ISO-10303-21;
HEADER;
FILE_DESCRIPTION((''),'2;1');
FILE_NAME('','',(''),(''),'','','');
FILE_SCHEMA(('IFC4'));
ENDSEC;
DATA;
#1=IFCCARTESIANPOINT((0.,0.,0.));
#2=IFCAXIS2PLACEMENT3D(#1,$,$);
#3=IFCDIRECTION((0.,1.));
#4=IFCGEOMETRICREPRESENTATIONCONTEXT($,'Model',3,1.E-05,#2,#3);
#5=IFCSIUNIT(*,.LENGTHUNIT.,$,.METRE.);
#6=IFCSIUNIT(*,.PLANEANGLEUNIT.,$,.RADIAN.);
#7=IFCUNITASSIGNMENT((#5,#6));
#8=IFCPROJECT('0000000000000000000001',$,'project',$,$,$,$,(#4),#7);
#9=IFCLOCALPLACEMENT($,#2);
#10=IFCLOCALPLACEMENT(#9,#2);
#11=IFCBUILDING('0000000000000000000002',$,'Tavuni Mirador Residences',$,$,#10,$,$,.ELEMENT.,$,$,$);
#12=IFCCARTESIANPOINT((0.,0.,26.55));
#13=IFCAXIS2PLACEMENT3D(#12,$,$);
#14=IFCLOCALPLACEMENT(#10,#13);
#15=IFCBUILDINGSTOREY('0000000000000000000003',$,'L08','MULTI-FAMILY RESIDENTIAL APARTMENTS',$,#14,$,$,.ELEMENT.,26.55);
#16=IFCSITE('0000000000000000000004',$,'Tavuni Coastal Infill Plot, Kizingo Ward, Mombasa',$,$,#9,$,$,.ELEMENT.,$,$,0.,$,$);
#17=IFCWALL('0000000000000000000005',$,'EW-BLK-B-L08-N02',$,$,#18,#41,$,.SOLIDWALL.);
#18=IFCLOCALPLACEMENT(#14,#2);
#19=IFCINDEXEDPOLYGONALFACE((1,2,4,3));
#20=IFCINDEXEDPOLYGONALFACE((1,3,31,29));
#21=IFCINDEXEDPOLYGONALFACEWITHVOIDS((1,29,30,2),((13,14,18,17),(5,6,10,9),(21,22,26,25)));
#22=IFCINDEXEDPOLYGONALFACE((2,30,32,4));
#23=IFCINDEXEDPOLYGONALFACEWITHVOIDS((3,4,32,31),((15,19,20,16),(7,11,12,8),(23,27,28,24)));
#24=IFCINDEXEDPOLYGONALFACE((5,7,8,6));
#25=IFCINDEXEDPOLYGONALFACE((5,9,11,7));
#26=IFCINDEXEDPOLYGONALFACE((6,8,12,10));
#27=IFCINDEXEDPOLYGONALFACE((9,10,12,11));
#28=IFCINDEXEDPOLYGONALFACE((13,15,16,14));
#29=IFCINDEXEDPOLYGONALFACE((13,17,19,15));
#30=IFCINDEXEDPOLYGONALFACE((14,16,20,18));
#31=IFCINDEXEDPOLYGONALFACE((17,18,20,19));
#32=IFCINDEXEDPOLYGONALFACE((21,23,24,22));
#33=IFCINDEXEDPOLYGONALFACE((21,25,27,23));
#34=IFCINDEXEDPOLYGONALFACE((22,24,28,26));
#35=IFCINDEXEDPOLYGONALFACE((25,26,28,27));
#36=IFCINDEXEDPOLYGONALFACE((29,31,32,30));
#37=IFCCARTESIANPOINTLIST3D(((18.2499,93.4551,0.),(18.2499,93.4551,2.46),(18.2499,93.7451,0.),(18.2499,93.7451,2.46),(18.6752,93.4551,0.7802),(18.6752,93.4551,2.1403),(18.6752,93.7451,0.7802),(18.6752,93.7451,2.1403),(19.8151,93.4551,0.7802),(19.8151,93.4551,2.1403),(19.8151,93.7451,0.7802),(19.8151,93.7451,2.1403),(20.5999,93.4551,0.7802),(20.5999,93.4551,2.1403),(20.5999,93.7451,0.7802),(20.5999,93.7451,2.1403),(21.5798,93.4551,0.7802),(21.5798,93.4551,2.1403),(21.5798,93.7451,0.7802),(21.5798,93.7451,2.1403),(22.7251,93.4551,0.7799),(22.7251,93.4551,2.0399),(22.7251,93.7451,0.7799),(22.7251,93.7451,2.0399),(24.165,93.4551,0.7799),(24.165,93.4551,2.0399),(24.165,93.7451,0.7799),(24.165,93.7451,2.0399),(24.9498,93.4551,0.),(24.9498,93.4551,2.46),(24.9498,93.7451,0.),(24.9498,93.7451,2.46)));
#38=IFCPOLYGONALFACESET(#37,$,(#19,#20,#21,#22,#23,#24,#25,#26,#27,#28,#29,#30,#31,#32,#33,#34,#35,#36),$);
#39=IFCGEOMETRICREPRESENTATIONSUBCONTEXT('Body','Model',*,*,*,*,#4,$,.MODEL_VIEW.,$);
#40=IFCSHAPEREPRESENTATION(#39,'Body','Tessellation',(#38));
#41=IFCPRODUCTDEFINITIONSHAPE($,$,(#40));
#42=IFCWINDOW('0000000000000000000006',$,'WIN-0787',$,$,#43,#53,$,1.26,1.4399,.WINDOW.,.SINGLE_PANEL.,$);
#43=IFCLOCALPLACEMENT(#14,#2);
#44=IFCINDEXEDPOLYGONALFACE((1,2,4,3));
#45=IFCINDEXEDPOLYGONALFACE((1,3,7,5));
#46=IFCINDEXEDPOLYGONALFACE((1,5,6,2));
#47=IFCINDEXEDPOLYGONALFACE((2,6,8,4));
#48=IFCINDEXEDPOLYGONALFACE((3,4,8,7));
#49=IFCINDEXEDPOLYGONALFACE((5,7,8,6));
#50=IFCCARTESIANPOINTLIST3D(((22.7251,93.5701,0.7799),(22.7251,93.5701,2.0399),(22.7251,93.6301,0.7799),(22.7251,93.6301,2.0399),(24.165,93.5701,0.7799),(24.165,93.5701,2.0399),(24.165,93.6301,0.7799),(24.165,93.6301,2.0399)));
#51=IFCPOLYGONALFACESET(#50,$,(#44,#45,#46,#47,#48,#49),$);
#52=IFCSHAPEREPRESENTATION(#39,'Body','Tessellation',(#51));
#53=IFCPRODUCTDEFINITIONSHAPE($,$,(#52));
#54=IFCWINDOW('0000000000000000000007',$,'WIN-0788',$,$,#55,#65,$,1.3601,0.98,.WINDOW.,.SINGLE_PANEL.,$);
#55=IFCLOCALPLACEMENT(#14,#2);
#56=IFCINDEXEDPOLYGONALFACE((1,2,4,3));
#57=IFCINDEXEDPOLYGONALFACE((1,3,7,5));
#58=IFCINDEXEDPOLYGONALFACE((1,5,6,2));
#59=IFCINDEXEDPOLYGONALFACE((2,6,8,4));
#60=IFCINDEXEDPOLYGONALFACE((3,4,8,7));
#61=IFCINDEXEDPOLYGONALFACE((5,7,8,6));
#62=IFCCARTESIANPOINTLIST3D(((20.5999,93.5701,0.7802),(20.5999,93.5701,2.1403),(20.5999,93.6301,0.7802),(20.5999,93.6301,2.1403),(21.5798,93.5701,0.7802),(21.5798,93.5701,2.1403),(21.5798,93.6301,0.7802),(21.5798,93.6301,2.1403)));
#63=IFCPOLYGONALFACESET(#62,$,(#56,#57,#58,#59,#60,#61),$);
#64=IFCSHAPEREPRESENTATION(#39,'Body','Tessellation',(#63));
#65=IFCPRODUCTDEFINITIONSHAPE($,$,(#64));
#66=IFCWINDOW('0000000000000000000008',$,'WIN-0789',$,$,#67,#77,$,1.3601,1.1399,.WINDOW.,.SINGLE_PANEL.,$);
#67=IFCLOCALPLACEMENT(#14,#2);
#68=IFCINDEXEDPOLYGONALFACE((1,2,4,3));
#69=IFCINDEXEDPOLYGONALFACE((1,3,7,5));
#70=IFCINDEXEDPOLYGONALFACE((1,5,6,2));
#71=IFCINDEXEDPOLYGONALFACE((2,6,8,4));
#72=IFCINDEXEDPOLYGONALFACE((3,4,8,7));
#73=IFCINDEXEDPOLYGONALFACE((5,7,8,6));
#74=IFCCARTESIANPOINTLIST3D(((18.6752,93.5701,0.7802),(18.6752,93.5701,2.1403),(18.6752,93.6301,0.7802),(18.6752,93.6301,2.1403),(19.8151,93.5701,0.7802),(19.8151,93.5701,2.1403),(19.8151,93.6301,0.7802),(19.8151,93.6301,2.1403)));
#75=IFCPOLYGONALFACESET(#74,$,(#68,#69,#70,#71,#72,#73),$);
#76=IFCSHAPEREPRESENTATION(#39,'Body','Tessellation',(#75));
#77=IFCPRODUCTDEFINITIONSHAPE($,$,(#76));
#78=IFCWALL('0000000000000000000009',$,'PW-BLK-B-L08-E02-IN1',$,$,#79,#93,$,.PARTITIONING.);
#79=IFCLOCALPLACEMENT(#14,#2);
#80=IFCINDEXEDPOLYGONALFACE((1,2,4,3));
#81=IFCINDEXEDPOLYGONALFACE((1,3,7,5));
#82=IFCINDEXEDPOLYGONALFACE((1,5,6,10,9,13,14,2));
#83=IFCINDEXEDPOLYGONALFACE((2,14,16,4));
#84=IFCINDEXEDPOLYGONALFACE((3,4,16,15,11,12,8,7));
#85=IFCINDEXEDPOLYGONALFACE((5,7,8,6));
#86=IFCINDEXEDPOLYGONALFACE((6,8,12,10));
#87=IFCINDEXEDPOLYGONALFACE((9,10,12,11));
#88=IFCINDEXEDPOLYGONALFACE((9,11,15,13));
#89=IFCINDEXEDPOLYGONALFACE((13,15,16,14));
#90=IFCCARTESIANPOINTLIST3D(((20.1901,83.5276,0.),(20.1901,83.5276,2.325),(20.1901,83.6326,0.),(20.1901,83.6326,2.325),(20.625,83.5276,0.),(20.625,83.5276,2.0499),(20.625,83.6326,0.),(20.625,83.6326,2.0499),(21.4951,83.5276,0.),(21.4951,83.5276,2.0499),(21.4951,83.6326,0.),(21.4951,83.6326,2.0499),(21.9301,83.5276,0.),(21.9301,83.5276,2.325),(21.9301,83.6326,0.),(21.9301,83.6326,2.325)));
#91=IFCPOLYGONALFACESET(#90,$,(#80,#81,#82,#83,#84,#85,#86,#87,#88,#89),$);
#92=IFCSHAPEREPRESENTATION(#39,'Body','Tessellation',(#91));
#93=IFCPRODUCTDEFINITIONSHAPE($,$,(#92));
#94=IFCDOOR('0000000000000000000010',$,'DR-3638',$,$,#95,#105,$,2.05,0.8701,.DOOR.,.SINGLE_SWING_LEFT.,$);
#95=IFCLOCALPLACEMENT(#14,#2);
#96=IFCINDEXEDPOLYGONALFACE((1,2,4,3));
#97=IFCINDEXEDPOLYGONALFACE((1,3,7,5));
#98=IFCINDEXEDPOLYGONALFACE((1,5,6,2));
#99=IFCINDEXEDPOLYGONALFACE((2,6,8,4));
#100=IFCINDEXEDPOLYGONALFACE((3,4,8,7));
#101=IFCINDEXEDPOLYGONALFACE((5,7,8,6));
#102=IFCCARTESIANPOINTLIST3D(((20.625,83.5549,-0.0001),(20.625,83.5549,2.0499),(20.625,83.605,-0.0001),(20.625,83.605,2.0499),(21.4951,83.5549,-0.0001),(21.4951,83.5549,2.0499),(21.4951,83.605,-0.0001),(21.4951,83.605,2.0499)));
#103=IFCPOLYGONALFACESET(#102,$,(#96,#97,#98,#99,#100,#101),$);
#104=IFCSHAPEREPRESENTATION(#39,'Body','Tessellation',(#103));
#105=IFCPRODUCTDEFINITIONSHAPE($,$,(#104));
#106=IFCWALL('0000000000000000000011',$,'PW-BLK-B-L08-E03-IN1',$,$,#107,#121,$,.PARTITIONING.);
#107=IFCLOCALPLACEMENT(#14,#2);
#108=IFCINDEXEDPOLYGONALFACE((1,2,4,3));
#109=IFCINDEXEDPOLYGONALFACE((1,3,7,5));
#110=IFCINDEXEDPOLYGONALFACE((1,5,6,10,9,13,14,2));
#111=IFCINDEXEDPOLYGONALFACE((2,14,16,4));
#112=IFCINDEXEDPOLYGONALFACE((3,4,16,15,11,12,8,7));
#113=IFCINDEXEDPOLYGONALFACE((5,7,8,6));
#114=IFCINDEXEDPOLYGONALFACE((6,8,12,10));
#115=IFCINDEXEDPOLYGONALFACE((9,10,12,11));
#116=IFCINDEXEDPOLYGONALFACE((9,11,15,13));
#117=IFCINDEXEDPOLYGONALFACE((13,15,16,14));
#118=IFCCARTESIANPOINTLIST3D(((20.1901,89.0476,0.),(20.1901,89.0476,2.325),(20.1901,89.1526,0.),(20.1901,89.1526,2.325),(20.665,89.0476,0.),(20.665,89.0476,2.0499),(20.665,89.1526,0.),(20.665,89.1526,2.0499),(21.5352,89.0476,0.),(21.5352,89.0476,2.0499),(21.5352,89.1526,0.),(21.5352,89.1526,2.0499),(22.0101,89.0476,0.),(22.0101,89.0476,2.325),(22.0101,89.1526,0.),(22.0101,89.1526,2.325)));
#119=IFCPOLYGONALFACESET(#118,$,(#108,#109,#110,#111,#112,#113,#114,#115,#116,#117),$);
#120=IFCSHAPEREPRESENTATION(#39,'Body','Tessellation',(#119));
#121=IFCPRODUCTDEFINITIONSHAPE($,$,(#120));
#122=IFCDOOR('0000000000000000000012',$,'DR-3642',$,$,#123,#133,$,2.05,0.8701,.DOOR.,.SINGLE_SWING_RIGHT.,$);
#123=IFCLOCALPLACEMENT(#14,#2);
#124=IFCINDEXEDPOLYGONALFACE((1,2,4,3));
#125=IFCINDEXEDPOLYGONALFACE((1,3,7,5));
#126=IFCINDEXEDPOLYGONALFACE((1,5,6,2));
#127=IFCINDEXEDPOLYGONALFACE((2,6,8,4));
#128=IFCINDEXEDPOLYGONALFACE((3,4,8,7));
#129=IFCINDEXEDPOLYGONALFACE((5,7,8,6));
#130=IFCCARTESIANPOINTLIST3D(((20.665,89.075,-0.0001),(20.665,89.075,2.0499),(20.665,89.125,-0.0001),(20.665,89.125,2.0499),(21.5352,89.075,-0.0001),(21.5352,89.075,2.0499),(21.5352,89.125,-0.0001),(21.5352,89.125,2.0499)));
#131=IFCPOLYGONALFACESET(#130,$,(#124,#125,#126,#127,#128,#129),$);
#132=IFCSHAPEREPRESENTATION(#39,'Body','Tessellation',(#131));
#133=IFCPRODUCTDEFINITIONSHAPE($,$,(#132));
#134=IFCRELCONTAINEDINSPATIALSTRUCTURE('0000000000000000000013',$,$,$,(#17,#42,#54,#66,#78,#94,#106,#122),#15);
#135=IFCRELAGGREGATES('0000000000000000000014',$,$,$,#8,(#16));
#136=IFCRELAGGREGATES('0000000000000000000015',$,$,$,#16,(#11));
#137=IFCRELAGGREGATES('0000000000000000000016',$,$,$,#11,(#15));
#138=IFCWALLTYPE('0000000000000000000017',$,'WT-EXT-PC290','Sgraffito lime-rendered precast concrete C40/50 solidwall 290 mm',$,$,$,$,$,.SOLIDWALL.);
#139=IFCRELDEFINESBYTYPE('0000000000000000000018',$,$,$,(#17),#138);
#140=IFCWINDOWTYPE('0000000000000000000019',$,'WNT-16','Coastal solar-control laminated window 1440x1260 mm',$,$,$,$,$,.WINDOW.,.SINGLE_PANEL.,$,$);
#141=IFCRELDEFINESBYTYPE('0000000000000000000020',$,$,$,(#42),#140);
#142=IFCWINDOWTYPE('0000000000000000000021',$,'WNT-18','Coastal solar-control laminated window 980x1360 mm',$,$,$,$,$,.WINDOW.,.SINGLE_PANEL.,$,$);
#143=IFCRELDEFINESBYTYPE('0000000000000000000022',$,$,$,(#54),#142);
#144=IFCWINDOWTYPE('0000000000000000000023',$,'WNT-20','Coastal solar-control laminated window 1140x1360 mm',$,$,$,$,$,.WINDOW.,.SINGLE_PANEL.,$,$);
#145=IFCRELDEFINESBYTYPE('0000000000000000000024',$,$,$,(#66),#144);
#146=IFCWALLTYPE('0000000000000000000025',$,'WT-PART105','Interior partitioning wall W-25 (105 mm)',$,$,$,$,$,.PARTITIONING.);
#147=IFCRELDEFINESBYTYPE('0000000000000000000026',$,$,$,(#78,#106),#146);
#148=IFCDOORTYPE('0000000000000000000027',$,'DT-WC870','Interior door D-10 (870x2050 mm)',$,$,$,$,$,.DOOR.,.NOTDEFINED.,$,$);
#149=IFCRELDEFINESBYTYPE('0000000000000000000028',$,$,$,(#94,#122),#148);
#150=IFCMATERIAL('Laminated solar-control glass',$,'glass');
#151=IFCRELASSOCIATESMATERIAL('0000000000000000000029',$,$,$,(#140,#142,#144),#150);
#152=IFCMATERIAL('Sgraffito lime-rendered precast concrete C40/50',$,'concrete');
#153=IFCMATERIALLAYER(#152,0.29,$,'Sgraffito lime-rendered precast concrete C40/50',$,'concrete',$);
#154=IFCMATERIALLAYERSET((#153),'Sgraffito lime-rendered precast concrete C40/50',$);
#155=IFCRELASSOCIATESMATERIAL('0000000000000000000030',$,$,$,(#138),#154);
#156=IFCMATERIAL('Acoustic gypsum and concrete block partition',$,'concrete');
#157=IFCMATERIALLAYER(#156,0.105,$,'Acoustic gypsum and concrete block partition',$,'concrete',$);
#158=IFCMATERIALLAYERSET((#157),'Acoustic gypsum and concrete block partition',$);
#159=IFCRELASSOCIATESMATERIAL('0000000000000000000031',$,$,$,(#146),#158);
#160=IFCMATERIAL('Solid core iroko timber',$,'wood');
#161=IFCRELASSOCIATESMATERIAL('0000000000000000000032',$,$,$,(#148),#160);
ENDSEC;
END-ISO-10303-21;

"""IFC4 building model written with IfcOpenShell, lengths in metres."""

from ifc_helpers import new_model, si_unit, direction, frame, frame_2d, origin, place, context, subcontext, project, spatial, rectangle, extrude, material, layer, layer_set, type_object, element, fill, save


model = new_model("IFC4")

# Units and contexts
model_context = context("Model", 3, precision=1e-05, world=origin(), true_north=direction((0.0, 1.0)))
body_context = subcontext(model_context, "Body", "Model", "MODEL_VIEW")
ifc_project = project(units=[si_unit("LENGTHUNIT", "METRE"), si_unit("PLANEANGLEUNIT", "RADIAN")], contexts=[model_context])

# Site, building, storey
site_placement = place(None, origin())
site = spatial("IfcSite", under=ifc_project, at=site_placement, Name="Tavuni Coastal Infill Plot, Kizingo Ward, Mombasa", CompositionType="ELEMENT", RefElevation=0.0)
building_placement = place(site_placement, origin())
building = spatial("IfcBuilding", under=site, at=building_placement, Name="Tavuni Mirador Residences", CompositionType="ELEMENT")
storey_placement = place(building_placement, frame((0.0, 0.0, 26.55)))
storey = spatial("IfcBuildingStorey", under=building, at=storey_placement, Name="L08", Description="MULTI-FAMILY RESIDENTIAL APARTMENTS", CompositionType="ELEMENT", Elevation=26.55)

# Shared definitions
ifc_material_1 = material(Name="Solid core iroko timber", Category="wood")

# Wall, openings, windows
ifc_material_2 = material(Name="Sgraffito lime-rendered precast concrete C40/50", Category="concrete")
ifc_material_3 = material(Name="Laminated solar-control glass", Category="glass")
window_type_1 = type_object("IfcWindowType", Name="WNT-16", Description="Coastal solar-control laminated window 1440x1260 mm", PartitioningType="SINGLE_PANEL", PredefinedType="WINDOW", material=ifc_material_3)
ifc_layer_1 = layer(ifc_material_2, 0.29, Name="Sgraffito lime-rendered precast concrete C40/50", Category="concrete")
ifc_layer_set_1 = layer_set([ifc_layer_1], Name="Sgraffito lime-rendered precast concrete C40/50")
wall_type_1 = type_object("IfcWallType", Name="WT-EXT-PC290", Description="Sgraffito lime-rendered precast concrete C40/50 solidwall 290 mm", PredefinedType="SOLIDWALL", material=ifc_layer_set_1)
wall_1_placement = place(storey_placement, frame((24.95, 93.6001, 0.0), z_axis=(0.0, 0.0, 1.0), x_axis=(-1.0, 0.0, 0.0)))
wall_1 = element("IfcWall", 1, at=wall_1_placement, inside=storey, type_object=wall_type_1, Name="EW-BLK-B-L08-N02", PredefinedType="SOLIDWALL", context=body_context, shape_type="SweptSolid", body=[
    extrude(rectangle(XDim=6.7, YDim=0.29, at=frame_2d((3.3501, 0.0))), origin(), (0.0, 0.0, 1.0), 2.46),
])
opening_1_placement = place(wall_1_placement, frame((0.7849, 0.0, 0.78)))
opening_1 = element("IfcOpeningElement", 2, at=opening_1_placement, cuts=wall_1, PredefinedType="OPENING", context=body_context, shape_type="SweptSolid", body=[
    extrude(rectangle(XDim=1.4399, YDim=1.26, at=frame_2d((0.72, 0.6299))), frame((0.0, 0.155, 0.0), z_axis=(0.0, -1.0, 0.0), x_axis=(1.0, 0.0, 0.0)), (0.0, 0.0, 1.0), 0.3101),
])
opening_2_placement = place(wall_1_placement, frame((3.3701, 0.0, 0.78)))
opening_2 = element("IfcOpeningElement", 3, at=opening_2_placement, cuts=wall_1, PredefinedType="OPENING", context=body_context, shape_type="SweptSolid", body=[
    extrude(rectangle(XDim=0.98, YDim=1.3601, at=frame_2d((0.49, 0.6802))), frame((0.0, 0.155, 0.0), z_axis=(0.0, -1.0, 0.0), x_axis=(1.0, 0.0, 0.0)), (0.0, 0.0, 1.0), 0.3101),
])
opening_3_placement = place(wall_1_placement, frame((5.135, 0.0, 0.78)))
opening_3 = element("IfcOpeningElement", 4, at=opening_3_placement, cuts=wall_1, PredefinedType="OPENING", context=body_context, shape_type="SweptSolid", body=[
    extrude(rectangle(XDim=1.1399, YDim=1.3601, at=frame_2d((0.5698, 0.6802))), frame((0.0, 0.155, 0.0), z_axis=(0.0, -1.0, 0.0), x_axis=(1.0, 0.0, 0.0)), (0.0, 0.0, 1.0), 0.3101),
])
window_1_placement = place(opening_1_placement, origin())
window_1 = element("IfcWindow", 5, at=window_1_placement, inside=storey, type_object=window_type_1, Name="WIN-0787", OverallHeight=1.26, OverallWidth=1.4399, PartitioningType="SINGLE_PANEL", PredefinedType="WINDOW", context=body_context, shape_type="SweptSolid", body=[
    extrude(rectangle(XDim=1.4399, YDim=1.26, at=frame_2d((0.72, 0.6299))), frame((0.0, 0.03, 0.0), z_axis=(0.0, -1.0, 0.0), x_axis=(1.0, 0.0, 0.0)), (0.0, 0.0, 1.0), 0.0601),
])
fill(opening_1, window_1)
window_type_2 = type_object("IfcWindowType", Name="WNT-18", Description="Coastal solar-control laminated window 980x1360 mm", PartitioningType="SINGLE_PANEL", PredefinedType="WINDOW", material=ifc_material_3)
window_2_placement = place(opening_2_placement, origin())
window_2 = element("IfcWindow", 6, at=window_2_placement, inside=storey, type_object=window_type_2, Name="WIN-0788", OverallHeight=1.3601, OverallWidth=0.98, PartitioningType="SINGLE_PANEL", PredefinedType="WINDOW", context=body_context, shape_type="SweptSolid", body=[
    extrude(rectangle(XDim=0.98, YDim=1.3601, at=frame_2d((0.49, 0.6802))), frame((0.0, 0.03, 0.0), z_axis=(0.0, -1.0, 0.0), x_axis=(1.0, 0.0, 0.0)), (0.0, 0.0, 1.0), 0.0601),
])
fill(opening_2, window_2)
window_type_3 = type_object("IfcWindowType", Name="WNT-20", Description="Coastal solar-control laminated window 1140x1360 mm", PartitioningType="SINGLE_PANEL", PredefinedType="WINDOW", material=ifc_material_3)
window_3_placement = place(opening_3_placement, origin())
window_3 = element("IfcWindow", 7, at=window_3_placement, inside=storey, type_object=window_type_3, Name="WIN-0789", OverallHeight=1.3601, OverallWidth=1.1399, PartitioningType="SINGLE_PANEL", PredefinedType="WINDOW", context=body_context, shape_type="SweptSolid", body=[
    extrude(rectangle(XDim=1.1399, YDim=1.3601, at=frame_2d((0.5698, 0.6802))), frame((0.0, 0.03, 0.0), z_axis=(0.0, -1.0, 0.0), x_axis=(1.0, 0.0, 0.0)), (0.0, 0.0, 1.0), 0.0601),
])
fill(opening_3, window_3)

# Walls, openings, doors
ifc_material_4 = material(Name="Acoustic gypsum and concrete block partition", Category="concrete")
ifc_layer_2 = layer(ifc_material_4, 0.105, Name="Acoustic gypsum and concrete block partition", Category="concrete")
ifc_layer_set_2 = layer_set([ifc_layer_2], Name="Acoustic gypsum and concrete block partition")
wall_type_2 = type_object("IfcWallType", Name="WT-PART105", Description="Interior partitioning wall W-25 (105 mm)", PredefinedType="PARTITIONING", material=ifc_layer_set_2)
wall_2_placement = place(storey_placement, frame((20.1899, 83.5801, 0.0), z_axis=(0.0, 0.0, 1.0), x_axis=(1.0, 0.0, 0.0)))
wall_2 = element("IfcWall", 8, at=wall_2_placement, inside=storey, type_object=wall_type_2, Name="PW-BLK-B-L08-E02-IN1", PredefinedType="PARTITIONING", context=body_context, shape_type="SweptSolid", body=[
    extrude(rectangle(XDim=1.74, YDim=0.105, at=frame_2d((0.8701, 0.0))), origin(), (0.0, 0.0, 1.0), 2.325),
])
opening_4_placement = place(wall_2_placement, frame((0.4351, 0.0, 0.0)))
opening_4 = element("IfcOpeningElement", 9, at=opening_4_placement, cuts=wall_2, PredefinedType="OPENING", context=body_context, shape_type="SweptSolid", body=[
    extrude(rectangle(XDim=0.8701, YDim=2.05, at=frame_2d((0.4351, 1.0249))), frame((0.0, 0.0625, 0.0), z_axis=(0.0, -1.0, 0.0), x_axis=(1.0, 0.0, 0.0)), (0.0, 0.0, 1.0), 0.125),
])
door_type_1 = type_object("IfcDoorType", Name="DT-WC870", Description="Interior door D-10 (870x2050 mm)", OperationType="NOTDEFINED", PredefinedType="DOOR", material=ifc_material_1)
door_1_placement = place(opening_4_placement, origin())
door_1 = element("IfcDoor", 10, at=door_1_placement, inside=storey, type_object=door_type_1, Name="DR-3638", OperationType="SINGLE_SWING_LEFT", OverallHeight=2.05, OverallWidth=0.8701, PredefinedType="DOOR", context=body_context, shape_type="SweptSolid", body=[
    extrude(rectangle(XDim=0.8701, YDim=2.05, at=frame_2d((0.4351, 1.0249))), frame((0.0, 0.0249, 0.0), z_axis=(0.0, -1.0, 0.0), x_axis=(1.0, 0.0, 0.0)), (0.0, 0.0, 1.0), 0.05),
])
fill(opening_4, door_1)
wall_3_placement = place(storey_placement, frame((20.1899, 89.1001, 0.0), z_axis=(0.0, 0.0, 1.0), x_axis=(1.0, 0.0, 0.0)))
wall_3 = element("IfcWall", 11, at=wall_3_placement, inside=storey, type_object=wall_type_2, Name="PW-BLK-B-L08-E03-IN1", PredefinedType="PARTITIONING", context=body_context, shape_type="SweptSolid", body=[
    extrude(rectangle(XDim=1.8201, YDim=0.105, at=frame_2d((0.9102, 0.0))), origin(), (0.0, 0.0, 1.0), 2.325),
])
opening_5_placement = place(wall_3_placement, frame((0.4751, 0.0, 0.0)))
opening_5 = element("IfcOpeningElement", 12, at=opening_5_placement, cuts=wall_3, PredefinedType="OPENING", context=body_context, shape_type="SweptSolid", body=[
    extrude(rectangle(XDim=0.8701, YDim=2.05, at=frame_2d((0.4351, 1.0249))), frame((0.0, 0.0625, 0.0), z_axis=(0.0, -1.0, 0.0), x_axis=(1.0, 0.0, 0.0)), (0.0, 0.0, 1.0), 0.125),
])
door_2_placement = place(opening_5_placement, origin())
door_2 = element("IfcDoor", 13, at=door_2_placement, inside=storey, type_object=door_type_1, Name="DR-3642", OperationType="SINGLE_SWING_RIGHT", OverallHeight=2.05, OverallWidth=0.8701, PredefinedType="DOOR", context=body_context, shape_type="SweptSolid", body=[
    extrude(rectangle(XDim=0.8701, YDim=2.05, at=frame_2d((0.4351, 1.0249))), frame((0.0, 0.0249, 0.0), z_axis=(0.0, -1.0, 0.0), x_axis=(1.0, 0.0, 0.0)), (0.0, 0.0, 1.0), 0.05),
])
fill(opening_5, door_2)

save(model, "model.ifc")
